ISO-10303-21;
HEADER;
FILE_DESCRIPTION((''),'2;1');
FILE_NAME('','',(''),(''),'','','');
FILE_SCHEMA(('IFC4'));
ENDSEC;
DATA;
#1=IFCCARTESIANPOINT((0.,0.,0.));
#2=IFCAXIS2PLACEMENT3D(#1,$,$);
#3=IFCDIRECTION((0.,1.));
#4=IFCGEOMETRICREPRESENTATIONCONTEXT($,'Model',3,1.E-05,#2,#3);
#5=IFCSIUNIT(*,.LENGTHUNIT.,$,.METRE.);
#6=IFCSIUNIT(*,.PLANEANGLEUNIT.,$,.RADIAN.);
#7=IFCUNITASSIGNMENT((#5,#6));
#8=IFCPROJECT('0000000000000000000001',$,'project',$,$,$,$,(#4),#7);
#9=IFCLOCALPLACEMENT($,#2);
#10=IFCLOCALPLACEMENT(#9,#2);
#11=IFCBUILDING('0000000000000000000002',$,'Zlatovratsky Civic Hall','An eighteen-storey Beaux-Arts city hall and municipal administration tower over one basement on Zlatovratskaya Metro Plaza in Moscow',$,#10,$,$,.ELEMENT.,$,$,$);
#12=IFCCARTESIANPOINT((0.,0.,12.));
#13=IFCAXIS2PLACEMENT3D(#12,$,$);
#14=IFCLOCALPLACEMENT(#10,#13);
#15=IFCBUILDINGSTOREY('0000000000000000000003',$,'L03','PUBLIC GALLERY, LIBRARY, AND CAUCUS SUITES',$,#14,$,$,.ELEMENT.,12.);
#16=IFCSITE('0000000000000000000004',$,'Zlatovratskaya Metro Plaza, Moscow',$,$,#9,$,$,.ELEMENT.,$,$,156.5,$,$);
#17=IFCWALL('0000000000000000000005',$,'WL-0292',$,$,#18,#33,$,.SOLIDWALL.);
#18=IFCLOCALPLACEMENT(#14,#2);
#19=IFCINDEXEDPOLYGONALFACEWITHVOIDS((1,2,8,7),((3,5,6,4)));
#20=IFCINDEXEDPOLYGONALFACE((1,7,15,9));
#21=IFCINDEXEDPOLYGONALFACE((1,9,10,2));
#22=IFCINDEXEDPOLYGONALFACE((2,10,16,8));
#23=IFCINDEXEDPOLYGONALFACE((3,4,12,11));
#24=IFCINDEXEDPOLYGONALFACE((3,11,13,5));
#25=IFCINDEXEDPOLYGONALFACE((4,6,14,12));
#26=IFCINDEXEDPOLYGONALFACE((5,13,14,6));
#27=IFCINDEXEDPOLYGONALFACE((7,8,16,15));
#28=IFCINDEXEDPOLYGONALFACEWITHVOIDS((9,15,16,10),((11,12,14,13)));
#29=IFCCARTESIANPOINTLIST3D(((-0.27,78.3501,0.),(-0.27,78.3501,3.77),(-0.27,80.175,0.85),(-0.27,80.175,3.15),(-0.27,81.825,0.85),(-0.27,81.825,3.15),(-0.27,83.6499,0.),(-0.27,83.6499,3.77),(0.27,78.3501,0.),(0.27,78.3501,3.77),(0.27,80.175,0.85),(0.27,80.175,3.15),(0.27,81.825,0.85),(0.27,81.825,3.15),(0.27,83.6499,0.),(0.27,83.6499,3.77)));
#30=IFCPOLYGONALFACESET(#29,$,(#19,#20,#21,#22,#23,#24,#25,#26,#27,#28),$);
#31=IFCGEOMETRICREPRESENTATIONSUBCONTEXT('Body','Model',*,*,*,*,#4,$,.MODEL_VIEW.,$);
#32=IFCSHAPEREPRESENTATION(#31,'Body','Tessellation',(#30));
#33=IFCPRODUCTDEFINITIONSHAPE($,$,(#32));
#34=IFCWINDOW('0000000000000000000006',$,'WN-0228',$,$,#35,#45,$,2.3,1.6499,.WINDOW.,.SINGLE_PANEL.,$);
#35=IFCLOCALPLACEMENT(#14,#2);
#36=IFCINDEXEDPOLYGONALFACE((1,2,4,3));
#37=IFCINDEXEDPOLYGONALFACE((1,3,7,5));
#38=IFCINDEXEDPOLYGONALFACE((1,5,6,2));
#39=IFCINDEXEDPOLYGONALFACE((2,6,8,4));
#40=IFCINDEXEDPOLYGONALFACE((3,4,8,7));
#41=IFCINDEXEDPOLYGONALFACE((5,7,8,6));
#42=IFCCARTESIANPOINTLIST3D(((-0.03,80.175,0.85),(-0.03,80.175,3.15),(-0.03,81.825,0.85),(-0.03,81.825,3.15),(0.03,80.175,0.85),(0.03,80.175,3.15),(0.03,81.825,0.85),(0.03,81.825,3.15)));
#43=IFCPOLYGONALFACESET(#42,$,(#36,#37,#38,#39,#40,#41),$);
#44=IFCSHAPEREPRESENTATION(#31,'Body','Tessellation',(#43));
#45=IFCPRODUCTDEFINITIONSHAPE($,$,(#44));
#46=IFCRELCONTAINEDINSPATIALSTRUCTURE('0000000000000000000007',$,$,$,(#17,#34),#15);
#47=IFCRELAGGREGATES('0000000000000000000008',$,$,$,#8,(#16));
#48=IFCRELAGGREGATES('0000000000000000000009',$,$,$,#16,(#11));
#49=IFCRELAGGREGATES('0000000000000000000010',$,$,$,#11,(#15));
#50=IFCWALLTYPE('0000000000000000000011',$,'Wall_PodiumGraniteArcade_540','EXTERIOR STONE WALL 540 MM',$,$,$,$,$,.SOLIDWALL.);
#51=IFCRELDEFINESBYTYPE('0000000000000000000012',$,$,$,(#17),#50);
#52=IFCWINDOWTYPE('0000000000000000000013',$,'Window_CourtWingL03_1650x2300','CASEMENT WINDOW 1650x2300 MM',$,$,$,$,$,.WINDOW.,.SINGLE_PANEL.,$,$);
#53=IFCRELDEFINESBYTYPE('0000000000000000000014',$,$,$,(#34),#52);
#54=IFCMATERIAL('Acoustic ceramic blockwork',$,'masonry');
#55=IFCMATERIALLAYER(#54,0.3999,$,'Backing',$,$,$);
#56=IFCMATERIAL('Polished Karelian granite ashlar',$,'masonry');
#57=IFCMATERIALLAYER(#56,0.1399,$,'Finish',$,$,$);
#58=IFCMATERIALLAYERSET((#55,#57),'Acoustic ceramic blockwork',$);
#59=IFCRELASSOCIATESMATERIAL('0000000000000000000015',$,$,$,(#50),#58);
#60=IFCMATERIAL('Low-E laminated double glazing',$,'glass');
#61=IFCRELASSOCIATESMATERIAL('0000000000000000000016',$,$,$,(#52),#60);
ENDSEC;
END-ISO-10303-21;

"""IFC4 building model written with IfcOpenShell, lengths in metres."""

from ifc_helpers import new_model, si_unit, direction, frame, frame_2d, origin, place, context, subcontext, project, spatial, rectangle, extrude, material, layer, layer_set, type_object, element, fill, save


model = new_model("IFC4")

# Units and contexts
model_context = context("Model", 3, precision=1e-05, world=origin(), true_north=direction((0.0, 1.0)))
body_context = subcontext(model_context, "Body", "Model", "MODEL_VIEW")
ifc_project = project(units=[si_unit("LENGTHUNIT", "METRE"), si_unit("PLANEANGLEUNIT", "RADIAN")], contexts=[model_context])

# Site, building, storey
site_placement = place(None, origin())
site = spatial("IfcSite", under=ifc_project, at=site_placement, Name="Zlatovratskaya Metro Plaza, Moscow", CompositionType="ELEMENT", RefElevation=156.5)
building_placement = place(site_placement, origin())
building = spatial("IfcBuilding", under=site, at=building_placement, Name="Zlatovratsky Civic Hall", Description="An eighteen-storey Beaux-Arts city hall and municipal administration tower over one basement on Zlatovratskaya Metro Plaza in Moscow", CompositionType="ELEMENT")
storey_placement = place(building_placement, frame((0.0, 0.0, 12.0)))
storey = spatial("IfcBuildingStorey", under=building, at=storey_placement, Name="L03", Description="PUBLIC GALLERY, LIBRARY, AND CAUCUS SUITES", CompositionType="ELEMENT", Elevation=12.0)

# Shared definitions
ifc_material_1 = material(Name="Acoustic ceramic blockwork", Category="masonry")

# Wall, opening, window
ifc_layer_1 = layer(ifc_material_1, 0.3999, Name="Backing")
ifc_material_2 = material(Name="Polished Karelian granite ashlar", Category="masonry")
ifc_layer_2 = layer(ifc_material_2, 0.1399, Name="Finish")
ifc_layer_set_1 = layer_set([ifc_layer_1, ifc_layer_2], Name="Acoustic ceramic blockwork")
wall_type_1 = type_object("IfcWallType", Name="Wall_PodiumGraniteArcade_540", Description="EXTERIOR STONE WALL 540 MM", PredefinedType="SOLIDWALL", material=ifc_layer_set_1)
ifc_material_3 = material(Name="Low-E laminated double glazing", Category="glass")
window_type = type_object("IfcWindowType", Name="Window_CourtWingL03_1650x2300", Description="CASEMENT WINDOW 1650x2300 MM", PartitioningType="SINGLE_PANEL", PredefinedType="WINDOW", material=ifc_material_3)
wall_1_placement = place(storey_placement, frame((0.0, 78.3501, 0.0), z_axis=(0.0, 0.0, 1.0), x_axis=(0.0, 1.0, 0.0)))
wall_1 = element("IfcWall", 1, at=wall_1_placement, inside=storey, type_object=wall_type_1, Name="WL-0292", PredefinedType="SOLIDWALL", context=body_context, shape_type="SweptSolid", body=[
    extrude(rectangle(XDim=5.2998, YDim=0.54, at=frame_2d((2.6499, 0.0))), origin(), (0.0, 0.0, 1.0), 3.77),
])
opening_1_placement = place(wall_1_placement, frame((1.825, 0.0, 0.8501)))
opening_1 = element("IfcOpeningElement", 2, at=opening_1_placement, cuts=wall_1, PredefinedType="OPENING", context=body_context, shape_type="SweptSolid", body=[
    extrude(rectangle(XDim=1.6499, YDim=2.3, at=frame_2d((0.825, 1.1499))), frame((0.0, 0.2849, 0.0), z_axis=(0.0, -1.0, 0.0), x_axis=(1.0, 0.0, 0.0)), (0.0, 0.0, 1.0), 0.5698),
])
window_1_placement = place(opening_1_placement, origin())
window_1 = element("IfcWindow", 3, at=window_1_placement, inside=storey, type_object=window_type, Name="WN-0228", OverallHeight=2.3, OverallWidth=1.6499, PartitioningType="SINGLE_PANEL", PredefinedType="WINDOW", context=body_context, shape_type="SweptSolid", body=[
    extrude(rectangle(XDim=1.6499, YDim=2.3, at=frame_2d((0.825, 1.1499))), frame((0.0, 0.03, 0.0), z_axis=(0.0, -1.0, 0.0), x_axis=(1.0, 0.0, 0.0)), (0.0, 0.0, 1.0), 0.0601),
])
fill(opening_1, window_1)

save(model, "model.ifc")
